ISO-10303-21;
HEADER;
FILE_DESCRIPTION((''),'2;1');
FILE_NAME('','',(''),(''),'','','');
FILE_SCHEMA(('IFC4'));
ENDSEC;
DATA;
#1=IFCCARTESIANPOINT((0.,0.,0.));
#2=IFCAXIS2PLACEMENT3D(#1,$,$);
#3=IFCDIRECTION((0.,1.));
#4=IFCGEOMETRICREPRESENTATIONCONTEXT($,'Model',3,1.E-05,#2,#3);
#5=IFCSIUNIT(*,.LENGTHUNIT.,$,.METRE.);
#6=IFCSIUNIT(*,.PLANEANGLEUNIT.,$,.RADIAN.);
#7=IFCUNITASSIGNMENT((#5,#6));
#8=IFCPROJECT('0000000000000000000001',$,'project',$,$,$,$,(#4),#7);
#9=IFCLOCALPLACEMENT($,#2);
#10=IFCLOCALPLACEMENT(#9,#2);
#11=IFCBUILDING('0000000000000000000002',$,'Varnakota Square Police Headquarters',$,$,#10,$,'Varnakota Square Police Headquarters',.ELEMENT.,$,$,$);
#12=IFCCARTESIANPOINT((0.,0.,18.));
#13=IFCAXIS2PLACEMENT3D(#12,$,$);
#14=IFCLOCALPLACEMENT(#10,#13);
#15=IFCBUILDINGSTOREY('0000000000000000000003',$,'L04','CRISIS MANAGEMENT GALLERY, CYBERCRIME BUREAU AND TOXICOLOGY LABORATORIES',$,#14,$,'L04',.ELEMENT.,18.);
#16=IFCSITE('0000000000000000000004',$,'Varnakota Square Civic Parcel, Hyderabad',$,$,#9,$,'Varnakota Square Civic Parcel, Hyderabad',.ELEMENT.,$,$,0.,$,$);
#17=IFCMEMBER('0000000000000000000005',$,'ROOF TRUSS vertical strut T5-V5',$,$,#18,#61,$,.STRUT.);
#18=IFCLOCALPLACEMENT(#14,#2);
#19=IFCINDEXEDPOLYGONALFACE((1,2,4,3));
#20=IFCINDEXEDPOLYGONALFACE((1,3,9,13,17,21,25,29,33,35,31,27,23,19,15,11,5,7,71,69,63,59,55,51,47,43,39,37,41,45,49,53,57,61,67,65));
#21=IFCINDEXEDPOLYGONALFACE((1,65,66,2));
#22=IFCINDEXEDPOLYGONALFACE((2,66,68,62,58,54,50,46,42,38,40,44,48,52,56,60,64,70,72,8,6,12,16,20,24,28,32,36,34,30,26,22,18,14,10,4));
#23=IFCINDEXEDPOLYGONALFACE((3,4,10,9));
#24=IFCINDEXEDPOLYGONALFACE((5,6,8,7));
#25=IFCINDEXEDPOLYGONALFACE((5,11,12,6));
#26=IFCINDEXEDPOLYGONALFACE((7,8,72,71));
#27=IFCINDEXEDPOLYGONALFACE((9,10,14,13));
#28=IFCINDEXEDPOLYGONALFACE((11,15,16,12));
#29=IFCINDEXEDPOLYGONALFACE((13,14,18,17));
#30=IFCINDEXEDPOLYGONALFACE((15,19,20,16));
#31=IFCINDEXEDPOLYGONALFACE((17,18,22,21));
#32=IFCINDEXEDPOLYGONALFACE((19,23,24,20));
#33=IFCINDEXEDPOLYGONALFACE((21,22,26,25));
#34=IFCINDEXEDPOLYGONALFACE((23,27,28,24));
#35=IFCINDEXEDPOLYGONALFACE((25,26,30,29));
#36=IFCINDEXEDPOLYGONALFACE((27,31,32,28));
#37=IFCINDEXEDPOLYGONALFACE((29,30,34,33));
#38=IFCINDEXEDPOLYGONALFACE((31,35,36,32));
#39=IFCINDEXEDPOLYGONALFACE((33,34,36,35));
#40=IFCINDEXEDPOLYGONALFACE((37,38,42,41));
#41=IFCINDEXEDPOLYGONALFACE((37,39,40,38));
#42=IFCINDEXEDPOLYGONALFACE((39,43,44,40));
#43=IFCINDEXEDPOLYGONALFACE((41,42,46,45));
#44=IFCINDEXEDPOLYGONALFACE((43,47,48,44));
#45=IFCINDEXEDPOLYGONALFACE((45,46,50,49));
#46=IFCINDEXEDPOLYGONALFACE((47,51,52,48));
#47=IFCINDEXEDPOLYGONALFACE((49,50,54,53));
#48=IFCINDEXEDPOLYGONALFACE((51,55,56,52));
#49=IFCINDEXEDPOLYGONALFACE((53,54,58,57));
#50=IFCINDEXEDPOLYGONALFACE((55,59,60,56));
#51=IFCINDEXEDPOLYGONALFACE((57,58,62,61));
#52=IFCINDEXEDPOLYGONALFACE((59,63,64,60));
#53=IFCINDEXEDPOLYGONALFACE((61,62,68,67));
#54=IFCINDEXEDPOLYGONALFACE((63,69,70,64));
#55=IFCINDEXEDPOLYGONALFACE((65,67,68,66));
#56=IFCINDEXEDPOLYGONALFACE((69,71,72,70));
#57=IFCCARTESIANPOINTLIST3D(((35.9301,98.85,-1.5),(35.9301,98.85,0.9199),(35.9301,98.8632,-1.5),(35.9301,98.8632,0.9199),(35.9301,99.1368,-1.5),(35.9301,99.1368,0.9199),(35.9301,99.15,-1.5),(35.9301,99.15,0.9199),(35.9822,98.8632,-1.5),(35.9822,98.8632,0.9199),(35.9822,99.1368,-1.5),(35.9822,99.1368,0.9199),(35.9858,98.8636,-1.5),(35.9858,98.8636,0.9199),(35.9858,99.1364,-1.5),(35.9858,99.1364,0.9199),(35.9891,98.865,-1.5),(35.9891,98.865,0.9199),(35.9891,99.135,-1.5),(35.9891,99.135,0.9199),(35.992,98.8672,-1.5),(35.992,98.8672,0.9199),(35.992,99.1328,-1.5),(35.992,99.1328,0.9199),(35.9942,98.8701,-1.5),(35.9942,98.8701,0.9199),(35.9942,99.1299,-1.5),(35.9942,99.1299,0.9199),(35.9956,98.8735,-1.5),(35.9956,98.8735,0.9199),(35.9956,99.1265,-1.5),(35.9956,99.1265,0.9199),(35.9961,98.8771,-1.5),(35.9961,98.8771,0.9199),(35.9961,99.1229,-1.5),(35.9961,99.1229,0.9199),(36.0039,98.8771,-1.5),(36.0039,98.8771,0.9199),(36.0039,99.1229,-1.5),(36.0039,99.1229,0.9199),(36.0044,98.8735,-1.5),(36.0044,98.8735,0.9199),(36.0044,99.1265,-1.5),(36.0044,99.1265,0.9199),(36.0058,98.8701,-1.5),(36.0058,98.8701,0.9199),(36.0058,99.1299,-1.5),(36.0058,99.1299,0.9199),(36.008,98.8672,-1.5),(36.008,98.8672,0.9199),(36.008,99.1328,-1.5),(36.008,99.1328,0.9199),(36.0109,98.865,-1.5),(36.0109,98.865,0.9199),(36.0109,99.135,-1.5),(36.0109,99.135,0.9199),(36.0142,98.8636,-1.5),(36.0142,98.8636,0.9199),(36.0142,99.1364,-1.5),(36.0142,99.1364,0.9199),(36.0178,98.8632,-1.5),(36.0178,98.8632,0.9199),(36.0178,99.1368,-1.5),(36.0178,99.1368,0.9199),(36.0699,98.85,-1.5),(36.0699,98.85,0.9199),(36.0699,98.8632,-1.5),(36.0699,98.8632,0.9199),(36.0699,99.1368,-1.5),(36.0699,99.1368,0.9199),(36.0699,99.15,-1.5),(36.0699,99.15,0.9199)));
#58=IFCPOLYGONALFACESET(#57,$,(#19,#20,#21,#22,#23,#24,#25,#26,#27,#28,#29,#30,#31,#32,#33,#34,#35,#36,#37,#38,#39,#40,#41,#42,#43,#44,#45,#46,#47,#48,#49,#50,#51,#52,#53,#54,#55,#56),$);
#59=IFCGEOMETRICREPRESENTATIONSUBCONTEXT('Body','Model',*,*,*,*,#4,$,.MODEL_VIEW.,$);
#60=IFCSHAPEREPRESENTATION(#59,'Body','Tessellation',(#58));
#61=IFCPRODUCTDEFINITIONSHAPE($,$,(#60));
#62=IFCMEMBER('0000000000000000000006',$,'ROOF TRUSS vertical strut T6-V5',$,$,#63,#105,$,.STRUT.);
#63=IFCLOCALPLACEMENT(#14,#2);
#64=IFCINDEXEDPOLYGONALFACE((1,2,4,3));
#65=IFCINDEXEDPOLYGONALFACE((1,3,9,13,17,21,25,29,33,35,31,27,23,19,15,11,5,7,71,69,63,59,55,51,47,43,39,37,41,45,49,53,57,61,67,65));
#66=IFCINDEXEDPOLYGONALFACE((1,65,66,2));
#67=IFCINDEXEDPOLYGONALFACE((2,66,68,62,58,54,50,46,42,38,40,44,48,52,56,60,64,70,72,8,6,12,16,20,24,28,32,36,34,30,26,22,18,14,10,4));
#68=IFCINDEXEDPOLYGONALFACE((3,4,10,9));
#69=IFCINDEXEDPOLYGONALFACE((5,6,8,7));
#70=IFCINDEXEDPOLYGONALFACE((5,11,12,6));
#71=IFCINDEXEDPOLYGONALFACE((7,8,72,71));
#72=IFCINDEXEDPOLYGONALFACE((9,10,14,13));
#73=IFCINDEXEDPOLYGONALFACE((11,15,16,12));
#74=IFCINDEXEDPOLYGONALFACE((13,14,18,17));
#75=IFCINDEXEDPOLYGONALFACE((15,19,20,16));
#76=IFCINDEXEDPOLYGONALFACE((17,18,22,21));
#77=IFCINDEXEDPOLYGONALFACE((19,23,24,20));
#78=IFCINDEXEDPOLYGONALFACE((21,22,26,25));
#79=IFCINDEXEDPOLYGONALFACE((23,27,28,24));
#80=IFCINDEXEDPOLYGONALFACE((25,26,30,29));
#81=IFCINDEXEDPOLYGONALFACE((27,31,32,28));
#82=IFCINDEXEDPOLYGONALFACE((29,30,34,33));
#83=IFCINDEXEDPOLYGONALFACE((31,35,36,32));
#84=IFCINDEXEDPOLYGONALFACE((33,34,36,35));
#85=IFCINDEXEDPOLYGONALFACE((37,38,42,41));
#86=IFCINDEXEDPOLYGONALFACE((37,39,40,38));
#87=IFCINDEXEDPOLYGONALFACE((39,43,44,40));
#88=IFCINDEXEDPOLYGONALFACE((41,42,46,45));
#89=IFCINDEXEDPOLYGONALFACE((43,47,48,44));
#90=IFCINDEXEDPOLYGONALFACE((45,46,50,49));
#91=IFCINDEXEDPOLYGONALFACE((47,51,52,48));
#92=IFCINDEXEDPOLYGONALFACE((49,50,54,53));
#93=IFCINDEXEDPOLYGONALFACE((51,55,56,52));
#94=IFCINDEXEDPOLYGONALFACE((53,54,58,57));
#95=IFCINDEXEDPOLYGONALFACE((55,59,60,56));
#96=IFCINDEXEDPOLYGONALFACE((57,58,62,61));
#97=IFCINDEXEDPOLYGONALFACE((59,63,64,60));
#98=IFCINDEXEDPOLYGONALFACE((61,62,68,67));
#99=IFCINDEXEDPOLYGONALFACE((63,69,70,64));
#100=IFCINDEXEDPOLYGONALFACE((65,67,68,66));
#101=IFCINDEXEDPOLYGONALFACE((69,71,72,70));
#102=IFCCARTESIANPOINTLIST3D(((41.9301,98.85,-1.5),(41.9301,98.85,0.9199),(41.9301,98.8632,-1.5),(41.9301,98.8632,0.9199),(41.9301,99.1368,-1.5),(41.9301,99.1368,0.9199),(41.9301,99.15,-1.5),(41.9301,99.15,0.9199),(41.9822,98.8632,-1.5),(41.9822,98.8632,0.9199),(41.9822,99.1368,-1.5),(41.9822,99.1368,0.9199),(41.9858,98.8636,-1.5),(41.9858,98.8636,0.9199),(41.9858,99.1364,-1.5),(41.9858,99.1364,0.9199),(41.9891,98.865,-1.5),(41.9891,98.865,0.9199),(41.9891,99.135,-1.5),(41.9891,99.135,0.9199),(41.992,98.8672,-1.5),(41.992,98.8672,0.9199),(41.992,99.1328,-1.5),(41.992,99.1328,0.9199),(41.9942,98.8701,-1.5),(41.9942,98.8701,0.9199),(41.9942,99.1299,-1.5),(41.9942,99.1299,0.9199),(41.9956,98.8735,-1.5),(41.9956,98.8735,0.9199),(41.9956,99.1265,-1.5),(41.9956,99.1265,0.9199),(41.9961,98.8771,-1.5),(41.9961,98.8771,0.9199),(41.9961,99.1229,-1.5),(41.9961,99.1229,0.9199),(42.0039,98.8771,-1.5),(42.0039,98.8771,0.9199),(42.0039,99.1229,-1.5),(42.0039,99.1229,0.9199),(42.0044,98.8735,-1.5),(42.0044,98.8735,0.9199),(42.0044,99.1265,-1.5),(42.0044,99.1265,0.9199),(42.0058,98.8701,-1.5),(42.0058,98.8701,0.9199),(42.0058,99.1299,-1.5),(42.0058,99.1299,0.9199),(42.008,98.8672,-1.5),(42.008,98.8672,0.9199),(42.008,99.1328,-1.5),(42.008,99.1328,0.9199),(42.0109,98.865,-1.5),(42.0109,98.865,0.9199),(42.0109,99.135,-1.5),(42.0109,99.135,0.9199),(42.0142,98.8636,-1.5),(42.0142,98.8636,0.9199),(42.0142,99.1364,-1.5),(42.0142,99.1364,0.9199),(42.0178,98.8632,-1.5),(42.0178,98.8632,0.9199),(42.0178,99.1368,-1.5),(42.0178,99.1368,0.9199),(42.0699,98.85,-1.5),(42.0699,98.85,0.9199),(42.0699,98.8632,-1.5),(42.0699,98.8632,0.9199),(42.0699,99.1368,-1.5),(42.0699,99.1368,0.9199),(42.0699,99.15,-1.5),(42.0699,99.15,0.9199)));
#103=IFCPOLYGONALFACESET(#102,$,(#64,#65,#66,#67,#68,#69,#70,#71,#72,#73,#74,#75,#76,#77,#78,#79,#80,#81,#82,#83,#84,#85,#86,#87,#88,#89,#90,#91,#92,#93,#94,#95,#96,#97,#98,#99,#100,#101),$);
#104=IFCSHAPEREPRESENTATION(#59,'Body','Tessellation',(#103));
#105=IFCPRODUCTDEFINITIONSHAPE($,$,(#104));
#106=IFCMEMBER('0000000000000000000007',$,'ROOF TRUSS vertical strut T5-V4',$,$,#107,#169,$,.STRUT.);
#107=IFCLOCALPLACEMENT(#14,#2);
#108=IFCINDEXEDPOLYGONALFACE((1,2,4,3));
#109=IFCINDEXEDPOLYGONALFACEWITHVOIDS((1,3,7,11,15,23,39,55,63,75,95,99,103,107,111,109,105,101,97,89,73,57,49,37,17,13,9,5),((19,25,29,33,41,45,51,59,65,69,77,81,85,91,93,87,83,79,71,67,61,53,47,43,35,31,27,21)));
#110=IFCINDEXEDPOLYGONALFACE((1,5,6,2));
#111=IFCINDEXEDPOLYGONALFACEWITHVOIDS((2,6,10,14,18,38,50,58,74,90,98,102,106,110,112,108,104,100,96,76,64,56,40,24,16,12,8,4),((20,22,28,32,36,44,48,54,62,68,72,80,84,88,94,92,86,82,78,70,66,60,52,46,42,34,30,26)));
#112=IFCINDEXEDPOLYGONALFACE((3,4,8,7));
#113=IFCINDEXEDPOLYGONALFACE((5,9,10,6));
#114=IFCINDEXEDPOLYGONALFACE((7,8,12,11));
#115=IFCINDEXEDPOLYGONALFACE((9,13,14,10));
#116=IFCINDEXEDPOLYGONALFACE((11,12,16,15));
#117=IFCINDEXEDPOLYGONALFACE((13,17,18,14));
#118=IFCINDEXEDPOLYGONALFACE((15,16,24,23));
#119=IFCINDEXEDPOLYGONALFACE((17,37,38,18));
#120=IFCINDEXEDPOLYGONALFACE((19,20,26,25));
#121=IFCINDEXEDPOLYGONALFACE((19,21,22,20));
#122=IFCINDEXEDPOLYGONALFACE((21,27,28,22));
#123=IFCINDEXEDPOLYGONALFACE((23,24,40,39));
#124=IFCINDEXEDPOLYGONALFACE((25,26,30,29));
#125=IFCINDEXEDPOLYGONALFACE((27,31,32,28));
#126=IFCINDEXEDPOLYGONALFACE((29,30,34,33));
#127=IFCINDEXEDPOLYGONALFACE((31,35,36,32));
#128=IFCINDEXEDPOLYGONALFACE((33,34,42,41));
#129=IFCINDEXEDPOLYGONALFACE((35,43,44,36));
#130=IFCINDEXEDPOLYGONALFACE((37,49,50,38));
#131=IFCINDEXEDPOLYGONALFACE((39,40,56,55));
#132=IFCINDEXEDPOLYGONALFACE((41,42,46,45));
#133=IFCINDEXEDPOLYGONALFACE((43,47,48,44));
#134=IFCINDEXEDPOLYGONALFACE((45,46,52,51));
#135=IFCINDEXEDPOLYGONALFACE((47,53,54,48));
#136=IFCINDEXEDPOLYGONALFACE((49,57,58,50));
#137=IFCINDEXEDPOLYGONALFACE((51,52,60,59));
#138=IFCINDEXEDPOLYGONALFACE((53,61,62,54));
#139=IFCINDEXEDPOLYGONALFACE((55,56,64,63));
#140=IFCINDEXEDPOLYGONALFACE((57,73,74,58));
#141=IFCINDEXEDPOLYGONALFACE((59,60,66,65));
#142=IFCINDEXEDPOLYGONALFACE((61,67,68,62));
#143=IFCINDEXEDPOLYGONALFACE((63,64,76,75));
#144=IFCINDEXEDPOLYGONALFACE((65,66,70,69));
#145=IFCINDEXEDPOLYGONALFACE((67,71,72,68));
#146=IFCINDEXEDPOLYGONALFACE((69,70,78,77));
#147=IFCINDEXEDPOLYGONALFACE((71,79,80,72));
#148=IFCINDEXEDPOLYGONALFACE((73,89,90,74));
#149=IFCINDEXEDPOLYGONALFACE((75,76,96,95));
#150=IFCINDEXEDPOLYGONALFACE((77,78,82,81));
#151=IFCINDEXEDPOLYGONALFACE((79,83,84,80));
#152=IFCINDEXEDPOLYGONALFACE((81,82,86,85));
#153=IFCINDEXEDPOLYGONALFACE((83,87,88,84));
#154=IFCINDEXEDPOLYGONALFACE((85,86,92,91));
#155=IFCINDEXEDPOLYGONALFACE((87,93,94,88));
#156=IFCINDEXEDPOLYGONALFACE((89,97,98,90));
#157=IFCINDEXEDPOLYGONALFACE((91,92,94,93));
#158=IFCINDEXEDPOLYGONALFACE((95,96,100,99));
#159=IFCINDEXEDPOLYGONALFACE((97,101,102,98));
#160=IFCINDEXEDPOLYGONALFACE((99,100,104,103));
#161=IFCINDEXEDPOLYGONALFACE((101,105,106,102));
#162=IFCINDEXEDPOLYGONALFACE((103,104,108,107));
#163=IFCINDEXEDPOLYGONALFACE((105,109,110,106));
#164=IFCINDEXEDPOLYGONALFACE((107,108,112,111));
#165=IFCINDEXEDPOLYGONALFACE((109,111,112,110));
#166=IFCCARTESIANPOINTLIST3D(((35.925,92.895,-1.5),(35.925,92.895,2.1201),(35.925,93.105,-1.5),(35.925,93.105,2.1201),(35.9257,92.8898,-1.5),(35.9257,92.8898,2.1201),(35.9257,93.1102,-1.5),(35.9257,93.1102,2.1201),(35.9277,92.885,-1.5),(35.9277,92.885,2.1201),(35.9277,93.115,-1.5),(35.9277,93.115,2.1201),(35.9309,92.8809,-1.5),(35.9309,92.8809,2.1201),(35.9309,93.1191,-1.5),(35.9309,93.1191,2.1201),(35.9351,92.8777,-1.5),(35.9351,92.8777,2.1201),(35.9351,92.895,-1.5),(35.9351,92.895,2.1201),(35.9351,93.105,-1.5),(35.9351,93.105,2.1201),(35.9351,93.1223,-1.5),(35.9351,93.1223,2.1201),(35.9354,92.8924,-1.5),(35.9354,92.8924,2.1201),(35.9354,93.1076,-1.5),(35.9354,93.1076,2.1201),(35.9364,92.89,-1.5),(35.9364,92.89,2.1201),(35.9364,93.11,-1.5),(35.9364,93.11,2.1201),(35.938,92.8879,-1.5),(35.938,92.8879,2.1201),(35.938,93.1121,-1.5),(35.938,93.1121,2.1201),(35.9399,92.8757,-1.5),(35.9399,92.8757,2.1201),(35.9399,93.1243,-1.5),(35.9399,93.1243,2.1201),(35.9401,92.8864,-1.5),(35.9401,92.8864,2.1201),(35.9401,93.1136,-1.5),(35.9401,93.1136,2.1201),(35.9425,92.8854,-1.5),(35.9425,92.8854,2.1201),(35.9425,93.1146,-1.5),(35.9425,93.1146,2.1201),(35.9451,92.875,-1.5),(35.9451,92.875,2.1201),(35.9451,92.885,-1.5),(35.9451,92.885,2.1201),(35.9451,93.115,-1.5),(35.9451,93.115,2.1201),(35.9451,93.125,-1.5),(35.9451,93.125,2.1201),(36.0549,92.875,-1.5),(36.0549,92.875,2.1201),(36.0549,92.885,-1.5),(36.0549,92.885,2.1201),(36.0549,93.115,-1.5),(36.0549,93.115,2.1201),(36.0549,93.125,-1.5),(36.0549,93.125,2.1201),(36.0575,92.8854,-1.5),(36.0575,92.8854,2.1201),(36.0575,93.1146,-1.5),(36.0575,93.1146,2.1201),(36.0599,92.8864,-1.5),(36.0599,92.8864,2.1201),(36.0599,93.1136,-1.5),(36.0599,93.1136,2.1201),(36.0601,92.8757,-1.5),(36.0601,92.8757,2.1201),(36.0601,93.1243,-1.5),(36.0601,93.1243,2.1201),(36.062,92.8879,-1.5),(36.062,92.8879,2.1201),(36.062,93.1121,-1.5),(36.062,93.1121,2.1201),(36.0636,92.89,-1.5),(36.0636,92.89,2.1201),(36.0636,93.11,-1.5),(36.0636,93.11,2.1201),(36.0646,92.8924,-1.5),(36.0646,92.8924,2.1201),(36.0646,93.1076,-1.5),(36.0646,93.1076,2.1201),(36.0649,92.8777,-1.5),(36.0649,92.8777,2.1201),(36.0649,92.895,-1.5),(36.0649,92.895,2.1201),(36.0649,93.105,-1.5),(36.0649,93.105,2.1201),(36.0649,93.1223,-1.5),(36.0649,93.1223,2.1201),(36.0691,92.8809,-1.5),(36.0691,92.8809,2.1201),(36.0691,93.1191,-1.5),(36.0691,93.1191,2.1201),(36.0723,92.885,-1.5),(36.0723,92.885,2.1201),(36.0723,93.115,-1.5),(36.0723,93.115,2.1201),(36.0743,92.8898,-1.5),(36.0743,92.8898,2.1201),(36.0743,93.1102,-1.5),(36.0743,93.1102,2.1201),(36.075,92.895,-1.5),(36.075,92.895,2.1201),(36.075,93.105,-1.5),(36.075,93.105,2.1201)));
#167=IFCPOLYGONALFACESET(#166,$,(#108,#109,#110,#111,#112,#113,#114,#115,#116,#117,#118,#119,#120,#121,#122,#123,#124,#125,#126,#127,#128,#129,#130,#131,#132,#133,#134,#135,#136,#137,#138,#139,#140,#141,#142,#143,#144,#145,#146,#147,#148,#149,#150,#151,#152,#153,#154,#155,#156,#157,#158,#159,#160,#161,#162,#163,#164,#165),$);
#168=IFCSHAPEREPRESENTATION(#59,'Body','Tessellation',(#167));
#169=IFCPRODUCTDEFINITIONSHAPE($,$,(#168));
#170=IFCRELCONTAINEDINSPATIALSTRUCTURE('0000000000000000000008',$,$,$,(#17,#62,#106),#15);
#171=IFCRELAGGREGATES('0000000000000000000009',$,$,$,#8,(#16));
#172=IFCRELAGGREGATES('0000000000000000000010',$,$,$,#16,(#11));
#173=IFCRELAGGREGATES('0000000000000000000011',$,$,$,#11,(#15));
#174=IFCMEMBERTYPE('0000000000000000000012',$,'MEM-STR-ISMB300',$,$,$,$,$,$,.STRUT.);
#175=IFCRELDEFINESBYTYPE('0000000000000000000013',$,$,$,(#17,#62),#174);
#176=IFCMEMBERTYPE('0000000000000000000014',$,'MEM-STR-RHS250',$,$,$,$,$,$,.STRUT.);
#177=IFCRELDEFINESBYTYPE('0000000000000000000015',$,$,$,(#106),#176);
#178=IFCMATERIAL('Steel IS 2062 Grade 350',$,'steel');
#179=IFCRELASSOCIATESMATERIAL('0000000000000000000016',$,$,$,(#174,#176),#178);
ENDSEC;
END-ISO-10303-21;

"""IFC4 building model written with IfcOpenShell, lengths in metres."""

from ifc_helpers import new_model, si_unit, direction, frame, origin, origin_2d, place, context, subcontext, project, spatial, hollow_rectangle, i_section, extrude, material, material_profile, profile_set, type_object, element, save


model = new_model("IFC4")

# Units and contexts
model_context = context("Model", 3, precision=1e-05, world=origin(), true_north=direction((0.0, 1.0)))
body_context = subcontext(model_context, "Body", "Model", "MODEL_VIEW")
ifc_project = project(units=[si_unit("LENGTHUNIT", "METRE"), si_unit("PLANEANGLEUNIT", "RADIAN")], contexts=[model_context])

# Site, building, storey
site_placement = place(None, origin())
site = spatial("IfcSite", under=ifc_project, at=site_placement, Name="Varnakota Square Civic Parcel, Hyderabad", LongName="Varnakota Square Civic Parcel, Hyderabad", CompositionType="ELEMENT", RefElevation=0.0)
building_placement = place(site_placement, origin())
building = spatial("IfcBuilding", under=site, at=building_placement, Name="Varnakota Square Police Headquarters", LongName="Varnakota Square Police Headquarters", CompositionType="ELEMENT")
storey_placement = place(building_placement, frame((0.0, 0.0, 18.0)))
storey = spatial("IfcBuildingStorey", under=building, at=storey_placement, Name="L04", Description="CRISIS MANAGEMENT GALLERY, CYBERCRIME BUREAU AND TOXICOLOGY LABORATORIES", LongName="L04", CompositionType="ELEMENT", Elevation=18.0)

# Shared definitions
ifc_material_1 = material(Name="Steel IS 2062 Grade 350", Category="steel")

# Members
ifc_material_profile_1 = material_profile(ifc_material_1, i_section(OverallWidth=0.1399, OverallDepth=0.3, WebThickness=0.0078, FlangeThickness=0.0132, FilletRadius=0.0139, at=origin_2d()), Name="ISMB 300")
ifc_profile_set_1 = profile_set([ifc_material_profile_1], Name="Steel IS 2062 Grade 350")
member_type_1 = type_object("IfcMemberType", Name="MEM-STR-ISMB300", PredefinedType="STRUT", material=ifc_profile_set_1)
for number, where, z_axis, x_axis, name in (
    (1, (36.0, 99.0, -1.5), (0.0, 0.0, 1.0), (1.0, 0.0, 0.0), "ROOF TRUSS vertical strut T5-V5"),
    (2, (42.0, 99.0, -1.5), (0.0, 0.0, 1.0), (1.0, 0.0, 0.0), "ROOF TRUSS vertical strut T6-V5"),
):
    element("IfcMember", number, at=place(storey_placement, frame(where, z_axis=z_axis, x_axis=x_axis)), inside=storey, type_object=member_type_1, Name=name, PredefinedType="STRUT", context=body_context, shape_type="SweptSolid", body=[
        extrude(i_section(OverallWidth=0.1399, OverallDepth=0.3, WebThickness=0.0078, FlangeThickness=0.0132, FilletRadius=0.0139, at=origin_2d()), origin(), (0.0, 0.0, 1.0), 2.4199),
    ])
ifc_material_profile_2 = material_profile(ifc_material_1, hollow_rectangle(XDim=0.1499, YDim=0.25, WallThickness=0.01, InnerFilletRadius=0.01, OuterFilletRadius=0.02, at=origin_2d()), Name="RHS 250x150x10")
ifc_profile_set_2 = profile_set([ifc_material_profile_2], Name="Steel IS 2062 Grade 350")
member_type_2 = type_object("IfcMemberType", Name="MEM-STR-RHS250", PredefinedType="STRUT", material=ifc_profile_set_2)
for number, where, z_axis, x_axis, name in (
    (3, (36.0, 93.0, -1.5), (0.0, 0.0, 1.0), (1.0, 0.0, 0.0), "ROOF TRUSS vertical strut T5-V4"),
):
    element("IfcMember", number, at=place(storey_placement, frame(where, z_axis=z_axis, x_axis=x_axis)), inside=storey, type_object=member_type_2, Name=name, PredefinedType="STRUT", context=body_context, shape_type="SweptSolid", body=[
        extrude(hollow_rectangle(XDim=0.1499, YDim=0.25, WallThickness=0.01, InnerFilletRadius=0.01, OuterFilletRadius=0.02, at=origin_2d()), origin(), (0.0, 0.0, 1.0), 3.6201),
    ])

save(model, "model.ifc")
